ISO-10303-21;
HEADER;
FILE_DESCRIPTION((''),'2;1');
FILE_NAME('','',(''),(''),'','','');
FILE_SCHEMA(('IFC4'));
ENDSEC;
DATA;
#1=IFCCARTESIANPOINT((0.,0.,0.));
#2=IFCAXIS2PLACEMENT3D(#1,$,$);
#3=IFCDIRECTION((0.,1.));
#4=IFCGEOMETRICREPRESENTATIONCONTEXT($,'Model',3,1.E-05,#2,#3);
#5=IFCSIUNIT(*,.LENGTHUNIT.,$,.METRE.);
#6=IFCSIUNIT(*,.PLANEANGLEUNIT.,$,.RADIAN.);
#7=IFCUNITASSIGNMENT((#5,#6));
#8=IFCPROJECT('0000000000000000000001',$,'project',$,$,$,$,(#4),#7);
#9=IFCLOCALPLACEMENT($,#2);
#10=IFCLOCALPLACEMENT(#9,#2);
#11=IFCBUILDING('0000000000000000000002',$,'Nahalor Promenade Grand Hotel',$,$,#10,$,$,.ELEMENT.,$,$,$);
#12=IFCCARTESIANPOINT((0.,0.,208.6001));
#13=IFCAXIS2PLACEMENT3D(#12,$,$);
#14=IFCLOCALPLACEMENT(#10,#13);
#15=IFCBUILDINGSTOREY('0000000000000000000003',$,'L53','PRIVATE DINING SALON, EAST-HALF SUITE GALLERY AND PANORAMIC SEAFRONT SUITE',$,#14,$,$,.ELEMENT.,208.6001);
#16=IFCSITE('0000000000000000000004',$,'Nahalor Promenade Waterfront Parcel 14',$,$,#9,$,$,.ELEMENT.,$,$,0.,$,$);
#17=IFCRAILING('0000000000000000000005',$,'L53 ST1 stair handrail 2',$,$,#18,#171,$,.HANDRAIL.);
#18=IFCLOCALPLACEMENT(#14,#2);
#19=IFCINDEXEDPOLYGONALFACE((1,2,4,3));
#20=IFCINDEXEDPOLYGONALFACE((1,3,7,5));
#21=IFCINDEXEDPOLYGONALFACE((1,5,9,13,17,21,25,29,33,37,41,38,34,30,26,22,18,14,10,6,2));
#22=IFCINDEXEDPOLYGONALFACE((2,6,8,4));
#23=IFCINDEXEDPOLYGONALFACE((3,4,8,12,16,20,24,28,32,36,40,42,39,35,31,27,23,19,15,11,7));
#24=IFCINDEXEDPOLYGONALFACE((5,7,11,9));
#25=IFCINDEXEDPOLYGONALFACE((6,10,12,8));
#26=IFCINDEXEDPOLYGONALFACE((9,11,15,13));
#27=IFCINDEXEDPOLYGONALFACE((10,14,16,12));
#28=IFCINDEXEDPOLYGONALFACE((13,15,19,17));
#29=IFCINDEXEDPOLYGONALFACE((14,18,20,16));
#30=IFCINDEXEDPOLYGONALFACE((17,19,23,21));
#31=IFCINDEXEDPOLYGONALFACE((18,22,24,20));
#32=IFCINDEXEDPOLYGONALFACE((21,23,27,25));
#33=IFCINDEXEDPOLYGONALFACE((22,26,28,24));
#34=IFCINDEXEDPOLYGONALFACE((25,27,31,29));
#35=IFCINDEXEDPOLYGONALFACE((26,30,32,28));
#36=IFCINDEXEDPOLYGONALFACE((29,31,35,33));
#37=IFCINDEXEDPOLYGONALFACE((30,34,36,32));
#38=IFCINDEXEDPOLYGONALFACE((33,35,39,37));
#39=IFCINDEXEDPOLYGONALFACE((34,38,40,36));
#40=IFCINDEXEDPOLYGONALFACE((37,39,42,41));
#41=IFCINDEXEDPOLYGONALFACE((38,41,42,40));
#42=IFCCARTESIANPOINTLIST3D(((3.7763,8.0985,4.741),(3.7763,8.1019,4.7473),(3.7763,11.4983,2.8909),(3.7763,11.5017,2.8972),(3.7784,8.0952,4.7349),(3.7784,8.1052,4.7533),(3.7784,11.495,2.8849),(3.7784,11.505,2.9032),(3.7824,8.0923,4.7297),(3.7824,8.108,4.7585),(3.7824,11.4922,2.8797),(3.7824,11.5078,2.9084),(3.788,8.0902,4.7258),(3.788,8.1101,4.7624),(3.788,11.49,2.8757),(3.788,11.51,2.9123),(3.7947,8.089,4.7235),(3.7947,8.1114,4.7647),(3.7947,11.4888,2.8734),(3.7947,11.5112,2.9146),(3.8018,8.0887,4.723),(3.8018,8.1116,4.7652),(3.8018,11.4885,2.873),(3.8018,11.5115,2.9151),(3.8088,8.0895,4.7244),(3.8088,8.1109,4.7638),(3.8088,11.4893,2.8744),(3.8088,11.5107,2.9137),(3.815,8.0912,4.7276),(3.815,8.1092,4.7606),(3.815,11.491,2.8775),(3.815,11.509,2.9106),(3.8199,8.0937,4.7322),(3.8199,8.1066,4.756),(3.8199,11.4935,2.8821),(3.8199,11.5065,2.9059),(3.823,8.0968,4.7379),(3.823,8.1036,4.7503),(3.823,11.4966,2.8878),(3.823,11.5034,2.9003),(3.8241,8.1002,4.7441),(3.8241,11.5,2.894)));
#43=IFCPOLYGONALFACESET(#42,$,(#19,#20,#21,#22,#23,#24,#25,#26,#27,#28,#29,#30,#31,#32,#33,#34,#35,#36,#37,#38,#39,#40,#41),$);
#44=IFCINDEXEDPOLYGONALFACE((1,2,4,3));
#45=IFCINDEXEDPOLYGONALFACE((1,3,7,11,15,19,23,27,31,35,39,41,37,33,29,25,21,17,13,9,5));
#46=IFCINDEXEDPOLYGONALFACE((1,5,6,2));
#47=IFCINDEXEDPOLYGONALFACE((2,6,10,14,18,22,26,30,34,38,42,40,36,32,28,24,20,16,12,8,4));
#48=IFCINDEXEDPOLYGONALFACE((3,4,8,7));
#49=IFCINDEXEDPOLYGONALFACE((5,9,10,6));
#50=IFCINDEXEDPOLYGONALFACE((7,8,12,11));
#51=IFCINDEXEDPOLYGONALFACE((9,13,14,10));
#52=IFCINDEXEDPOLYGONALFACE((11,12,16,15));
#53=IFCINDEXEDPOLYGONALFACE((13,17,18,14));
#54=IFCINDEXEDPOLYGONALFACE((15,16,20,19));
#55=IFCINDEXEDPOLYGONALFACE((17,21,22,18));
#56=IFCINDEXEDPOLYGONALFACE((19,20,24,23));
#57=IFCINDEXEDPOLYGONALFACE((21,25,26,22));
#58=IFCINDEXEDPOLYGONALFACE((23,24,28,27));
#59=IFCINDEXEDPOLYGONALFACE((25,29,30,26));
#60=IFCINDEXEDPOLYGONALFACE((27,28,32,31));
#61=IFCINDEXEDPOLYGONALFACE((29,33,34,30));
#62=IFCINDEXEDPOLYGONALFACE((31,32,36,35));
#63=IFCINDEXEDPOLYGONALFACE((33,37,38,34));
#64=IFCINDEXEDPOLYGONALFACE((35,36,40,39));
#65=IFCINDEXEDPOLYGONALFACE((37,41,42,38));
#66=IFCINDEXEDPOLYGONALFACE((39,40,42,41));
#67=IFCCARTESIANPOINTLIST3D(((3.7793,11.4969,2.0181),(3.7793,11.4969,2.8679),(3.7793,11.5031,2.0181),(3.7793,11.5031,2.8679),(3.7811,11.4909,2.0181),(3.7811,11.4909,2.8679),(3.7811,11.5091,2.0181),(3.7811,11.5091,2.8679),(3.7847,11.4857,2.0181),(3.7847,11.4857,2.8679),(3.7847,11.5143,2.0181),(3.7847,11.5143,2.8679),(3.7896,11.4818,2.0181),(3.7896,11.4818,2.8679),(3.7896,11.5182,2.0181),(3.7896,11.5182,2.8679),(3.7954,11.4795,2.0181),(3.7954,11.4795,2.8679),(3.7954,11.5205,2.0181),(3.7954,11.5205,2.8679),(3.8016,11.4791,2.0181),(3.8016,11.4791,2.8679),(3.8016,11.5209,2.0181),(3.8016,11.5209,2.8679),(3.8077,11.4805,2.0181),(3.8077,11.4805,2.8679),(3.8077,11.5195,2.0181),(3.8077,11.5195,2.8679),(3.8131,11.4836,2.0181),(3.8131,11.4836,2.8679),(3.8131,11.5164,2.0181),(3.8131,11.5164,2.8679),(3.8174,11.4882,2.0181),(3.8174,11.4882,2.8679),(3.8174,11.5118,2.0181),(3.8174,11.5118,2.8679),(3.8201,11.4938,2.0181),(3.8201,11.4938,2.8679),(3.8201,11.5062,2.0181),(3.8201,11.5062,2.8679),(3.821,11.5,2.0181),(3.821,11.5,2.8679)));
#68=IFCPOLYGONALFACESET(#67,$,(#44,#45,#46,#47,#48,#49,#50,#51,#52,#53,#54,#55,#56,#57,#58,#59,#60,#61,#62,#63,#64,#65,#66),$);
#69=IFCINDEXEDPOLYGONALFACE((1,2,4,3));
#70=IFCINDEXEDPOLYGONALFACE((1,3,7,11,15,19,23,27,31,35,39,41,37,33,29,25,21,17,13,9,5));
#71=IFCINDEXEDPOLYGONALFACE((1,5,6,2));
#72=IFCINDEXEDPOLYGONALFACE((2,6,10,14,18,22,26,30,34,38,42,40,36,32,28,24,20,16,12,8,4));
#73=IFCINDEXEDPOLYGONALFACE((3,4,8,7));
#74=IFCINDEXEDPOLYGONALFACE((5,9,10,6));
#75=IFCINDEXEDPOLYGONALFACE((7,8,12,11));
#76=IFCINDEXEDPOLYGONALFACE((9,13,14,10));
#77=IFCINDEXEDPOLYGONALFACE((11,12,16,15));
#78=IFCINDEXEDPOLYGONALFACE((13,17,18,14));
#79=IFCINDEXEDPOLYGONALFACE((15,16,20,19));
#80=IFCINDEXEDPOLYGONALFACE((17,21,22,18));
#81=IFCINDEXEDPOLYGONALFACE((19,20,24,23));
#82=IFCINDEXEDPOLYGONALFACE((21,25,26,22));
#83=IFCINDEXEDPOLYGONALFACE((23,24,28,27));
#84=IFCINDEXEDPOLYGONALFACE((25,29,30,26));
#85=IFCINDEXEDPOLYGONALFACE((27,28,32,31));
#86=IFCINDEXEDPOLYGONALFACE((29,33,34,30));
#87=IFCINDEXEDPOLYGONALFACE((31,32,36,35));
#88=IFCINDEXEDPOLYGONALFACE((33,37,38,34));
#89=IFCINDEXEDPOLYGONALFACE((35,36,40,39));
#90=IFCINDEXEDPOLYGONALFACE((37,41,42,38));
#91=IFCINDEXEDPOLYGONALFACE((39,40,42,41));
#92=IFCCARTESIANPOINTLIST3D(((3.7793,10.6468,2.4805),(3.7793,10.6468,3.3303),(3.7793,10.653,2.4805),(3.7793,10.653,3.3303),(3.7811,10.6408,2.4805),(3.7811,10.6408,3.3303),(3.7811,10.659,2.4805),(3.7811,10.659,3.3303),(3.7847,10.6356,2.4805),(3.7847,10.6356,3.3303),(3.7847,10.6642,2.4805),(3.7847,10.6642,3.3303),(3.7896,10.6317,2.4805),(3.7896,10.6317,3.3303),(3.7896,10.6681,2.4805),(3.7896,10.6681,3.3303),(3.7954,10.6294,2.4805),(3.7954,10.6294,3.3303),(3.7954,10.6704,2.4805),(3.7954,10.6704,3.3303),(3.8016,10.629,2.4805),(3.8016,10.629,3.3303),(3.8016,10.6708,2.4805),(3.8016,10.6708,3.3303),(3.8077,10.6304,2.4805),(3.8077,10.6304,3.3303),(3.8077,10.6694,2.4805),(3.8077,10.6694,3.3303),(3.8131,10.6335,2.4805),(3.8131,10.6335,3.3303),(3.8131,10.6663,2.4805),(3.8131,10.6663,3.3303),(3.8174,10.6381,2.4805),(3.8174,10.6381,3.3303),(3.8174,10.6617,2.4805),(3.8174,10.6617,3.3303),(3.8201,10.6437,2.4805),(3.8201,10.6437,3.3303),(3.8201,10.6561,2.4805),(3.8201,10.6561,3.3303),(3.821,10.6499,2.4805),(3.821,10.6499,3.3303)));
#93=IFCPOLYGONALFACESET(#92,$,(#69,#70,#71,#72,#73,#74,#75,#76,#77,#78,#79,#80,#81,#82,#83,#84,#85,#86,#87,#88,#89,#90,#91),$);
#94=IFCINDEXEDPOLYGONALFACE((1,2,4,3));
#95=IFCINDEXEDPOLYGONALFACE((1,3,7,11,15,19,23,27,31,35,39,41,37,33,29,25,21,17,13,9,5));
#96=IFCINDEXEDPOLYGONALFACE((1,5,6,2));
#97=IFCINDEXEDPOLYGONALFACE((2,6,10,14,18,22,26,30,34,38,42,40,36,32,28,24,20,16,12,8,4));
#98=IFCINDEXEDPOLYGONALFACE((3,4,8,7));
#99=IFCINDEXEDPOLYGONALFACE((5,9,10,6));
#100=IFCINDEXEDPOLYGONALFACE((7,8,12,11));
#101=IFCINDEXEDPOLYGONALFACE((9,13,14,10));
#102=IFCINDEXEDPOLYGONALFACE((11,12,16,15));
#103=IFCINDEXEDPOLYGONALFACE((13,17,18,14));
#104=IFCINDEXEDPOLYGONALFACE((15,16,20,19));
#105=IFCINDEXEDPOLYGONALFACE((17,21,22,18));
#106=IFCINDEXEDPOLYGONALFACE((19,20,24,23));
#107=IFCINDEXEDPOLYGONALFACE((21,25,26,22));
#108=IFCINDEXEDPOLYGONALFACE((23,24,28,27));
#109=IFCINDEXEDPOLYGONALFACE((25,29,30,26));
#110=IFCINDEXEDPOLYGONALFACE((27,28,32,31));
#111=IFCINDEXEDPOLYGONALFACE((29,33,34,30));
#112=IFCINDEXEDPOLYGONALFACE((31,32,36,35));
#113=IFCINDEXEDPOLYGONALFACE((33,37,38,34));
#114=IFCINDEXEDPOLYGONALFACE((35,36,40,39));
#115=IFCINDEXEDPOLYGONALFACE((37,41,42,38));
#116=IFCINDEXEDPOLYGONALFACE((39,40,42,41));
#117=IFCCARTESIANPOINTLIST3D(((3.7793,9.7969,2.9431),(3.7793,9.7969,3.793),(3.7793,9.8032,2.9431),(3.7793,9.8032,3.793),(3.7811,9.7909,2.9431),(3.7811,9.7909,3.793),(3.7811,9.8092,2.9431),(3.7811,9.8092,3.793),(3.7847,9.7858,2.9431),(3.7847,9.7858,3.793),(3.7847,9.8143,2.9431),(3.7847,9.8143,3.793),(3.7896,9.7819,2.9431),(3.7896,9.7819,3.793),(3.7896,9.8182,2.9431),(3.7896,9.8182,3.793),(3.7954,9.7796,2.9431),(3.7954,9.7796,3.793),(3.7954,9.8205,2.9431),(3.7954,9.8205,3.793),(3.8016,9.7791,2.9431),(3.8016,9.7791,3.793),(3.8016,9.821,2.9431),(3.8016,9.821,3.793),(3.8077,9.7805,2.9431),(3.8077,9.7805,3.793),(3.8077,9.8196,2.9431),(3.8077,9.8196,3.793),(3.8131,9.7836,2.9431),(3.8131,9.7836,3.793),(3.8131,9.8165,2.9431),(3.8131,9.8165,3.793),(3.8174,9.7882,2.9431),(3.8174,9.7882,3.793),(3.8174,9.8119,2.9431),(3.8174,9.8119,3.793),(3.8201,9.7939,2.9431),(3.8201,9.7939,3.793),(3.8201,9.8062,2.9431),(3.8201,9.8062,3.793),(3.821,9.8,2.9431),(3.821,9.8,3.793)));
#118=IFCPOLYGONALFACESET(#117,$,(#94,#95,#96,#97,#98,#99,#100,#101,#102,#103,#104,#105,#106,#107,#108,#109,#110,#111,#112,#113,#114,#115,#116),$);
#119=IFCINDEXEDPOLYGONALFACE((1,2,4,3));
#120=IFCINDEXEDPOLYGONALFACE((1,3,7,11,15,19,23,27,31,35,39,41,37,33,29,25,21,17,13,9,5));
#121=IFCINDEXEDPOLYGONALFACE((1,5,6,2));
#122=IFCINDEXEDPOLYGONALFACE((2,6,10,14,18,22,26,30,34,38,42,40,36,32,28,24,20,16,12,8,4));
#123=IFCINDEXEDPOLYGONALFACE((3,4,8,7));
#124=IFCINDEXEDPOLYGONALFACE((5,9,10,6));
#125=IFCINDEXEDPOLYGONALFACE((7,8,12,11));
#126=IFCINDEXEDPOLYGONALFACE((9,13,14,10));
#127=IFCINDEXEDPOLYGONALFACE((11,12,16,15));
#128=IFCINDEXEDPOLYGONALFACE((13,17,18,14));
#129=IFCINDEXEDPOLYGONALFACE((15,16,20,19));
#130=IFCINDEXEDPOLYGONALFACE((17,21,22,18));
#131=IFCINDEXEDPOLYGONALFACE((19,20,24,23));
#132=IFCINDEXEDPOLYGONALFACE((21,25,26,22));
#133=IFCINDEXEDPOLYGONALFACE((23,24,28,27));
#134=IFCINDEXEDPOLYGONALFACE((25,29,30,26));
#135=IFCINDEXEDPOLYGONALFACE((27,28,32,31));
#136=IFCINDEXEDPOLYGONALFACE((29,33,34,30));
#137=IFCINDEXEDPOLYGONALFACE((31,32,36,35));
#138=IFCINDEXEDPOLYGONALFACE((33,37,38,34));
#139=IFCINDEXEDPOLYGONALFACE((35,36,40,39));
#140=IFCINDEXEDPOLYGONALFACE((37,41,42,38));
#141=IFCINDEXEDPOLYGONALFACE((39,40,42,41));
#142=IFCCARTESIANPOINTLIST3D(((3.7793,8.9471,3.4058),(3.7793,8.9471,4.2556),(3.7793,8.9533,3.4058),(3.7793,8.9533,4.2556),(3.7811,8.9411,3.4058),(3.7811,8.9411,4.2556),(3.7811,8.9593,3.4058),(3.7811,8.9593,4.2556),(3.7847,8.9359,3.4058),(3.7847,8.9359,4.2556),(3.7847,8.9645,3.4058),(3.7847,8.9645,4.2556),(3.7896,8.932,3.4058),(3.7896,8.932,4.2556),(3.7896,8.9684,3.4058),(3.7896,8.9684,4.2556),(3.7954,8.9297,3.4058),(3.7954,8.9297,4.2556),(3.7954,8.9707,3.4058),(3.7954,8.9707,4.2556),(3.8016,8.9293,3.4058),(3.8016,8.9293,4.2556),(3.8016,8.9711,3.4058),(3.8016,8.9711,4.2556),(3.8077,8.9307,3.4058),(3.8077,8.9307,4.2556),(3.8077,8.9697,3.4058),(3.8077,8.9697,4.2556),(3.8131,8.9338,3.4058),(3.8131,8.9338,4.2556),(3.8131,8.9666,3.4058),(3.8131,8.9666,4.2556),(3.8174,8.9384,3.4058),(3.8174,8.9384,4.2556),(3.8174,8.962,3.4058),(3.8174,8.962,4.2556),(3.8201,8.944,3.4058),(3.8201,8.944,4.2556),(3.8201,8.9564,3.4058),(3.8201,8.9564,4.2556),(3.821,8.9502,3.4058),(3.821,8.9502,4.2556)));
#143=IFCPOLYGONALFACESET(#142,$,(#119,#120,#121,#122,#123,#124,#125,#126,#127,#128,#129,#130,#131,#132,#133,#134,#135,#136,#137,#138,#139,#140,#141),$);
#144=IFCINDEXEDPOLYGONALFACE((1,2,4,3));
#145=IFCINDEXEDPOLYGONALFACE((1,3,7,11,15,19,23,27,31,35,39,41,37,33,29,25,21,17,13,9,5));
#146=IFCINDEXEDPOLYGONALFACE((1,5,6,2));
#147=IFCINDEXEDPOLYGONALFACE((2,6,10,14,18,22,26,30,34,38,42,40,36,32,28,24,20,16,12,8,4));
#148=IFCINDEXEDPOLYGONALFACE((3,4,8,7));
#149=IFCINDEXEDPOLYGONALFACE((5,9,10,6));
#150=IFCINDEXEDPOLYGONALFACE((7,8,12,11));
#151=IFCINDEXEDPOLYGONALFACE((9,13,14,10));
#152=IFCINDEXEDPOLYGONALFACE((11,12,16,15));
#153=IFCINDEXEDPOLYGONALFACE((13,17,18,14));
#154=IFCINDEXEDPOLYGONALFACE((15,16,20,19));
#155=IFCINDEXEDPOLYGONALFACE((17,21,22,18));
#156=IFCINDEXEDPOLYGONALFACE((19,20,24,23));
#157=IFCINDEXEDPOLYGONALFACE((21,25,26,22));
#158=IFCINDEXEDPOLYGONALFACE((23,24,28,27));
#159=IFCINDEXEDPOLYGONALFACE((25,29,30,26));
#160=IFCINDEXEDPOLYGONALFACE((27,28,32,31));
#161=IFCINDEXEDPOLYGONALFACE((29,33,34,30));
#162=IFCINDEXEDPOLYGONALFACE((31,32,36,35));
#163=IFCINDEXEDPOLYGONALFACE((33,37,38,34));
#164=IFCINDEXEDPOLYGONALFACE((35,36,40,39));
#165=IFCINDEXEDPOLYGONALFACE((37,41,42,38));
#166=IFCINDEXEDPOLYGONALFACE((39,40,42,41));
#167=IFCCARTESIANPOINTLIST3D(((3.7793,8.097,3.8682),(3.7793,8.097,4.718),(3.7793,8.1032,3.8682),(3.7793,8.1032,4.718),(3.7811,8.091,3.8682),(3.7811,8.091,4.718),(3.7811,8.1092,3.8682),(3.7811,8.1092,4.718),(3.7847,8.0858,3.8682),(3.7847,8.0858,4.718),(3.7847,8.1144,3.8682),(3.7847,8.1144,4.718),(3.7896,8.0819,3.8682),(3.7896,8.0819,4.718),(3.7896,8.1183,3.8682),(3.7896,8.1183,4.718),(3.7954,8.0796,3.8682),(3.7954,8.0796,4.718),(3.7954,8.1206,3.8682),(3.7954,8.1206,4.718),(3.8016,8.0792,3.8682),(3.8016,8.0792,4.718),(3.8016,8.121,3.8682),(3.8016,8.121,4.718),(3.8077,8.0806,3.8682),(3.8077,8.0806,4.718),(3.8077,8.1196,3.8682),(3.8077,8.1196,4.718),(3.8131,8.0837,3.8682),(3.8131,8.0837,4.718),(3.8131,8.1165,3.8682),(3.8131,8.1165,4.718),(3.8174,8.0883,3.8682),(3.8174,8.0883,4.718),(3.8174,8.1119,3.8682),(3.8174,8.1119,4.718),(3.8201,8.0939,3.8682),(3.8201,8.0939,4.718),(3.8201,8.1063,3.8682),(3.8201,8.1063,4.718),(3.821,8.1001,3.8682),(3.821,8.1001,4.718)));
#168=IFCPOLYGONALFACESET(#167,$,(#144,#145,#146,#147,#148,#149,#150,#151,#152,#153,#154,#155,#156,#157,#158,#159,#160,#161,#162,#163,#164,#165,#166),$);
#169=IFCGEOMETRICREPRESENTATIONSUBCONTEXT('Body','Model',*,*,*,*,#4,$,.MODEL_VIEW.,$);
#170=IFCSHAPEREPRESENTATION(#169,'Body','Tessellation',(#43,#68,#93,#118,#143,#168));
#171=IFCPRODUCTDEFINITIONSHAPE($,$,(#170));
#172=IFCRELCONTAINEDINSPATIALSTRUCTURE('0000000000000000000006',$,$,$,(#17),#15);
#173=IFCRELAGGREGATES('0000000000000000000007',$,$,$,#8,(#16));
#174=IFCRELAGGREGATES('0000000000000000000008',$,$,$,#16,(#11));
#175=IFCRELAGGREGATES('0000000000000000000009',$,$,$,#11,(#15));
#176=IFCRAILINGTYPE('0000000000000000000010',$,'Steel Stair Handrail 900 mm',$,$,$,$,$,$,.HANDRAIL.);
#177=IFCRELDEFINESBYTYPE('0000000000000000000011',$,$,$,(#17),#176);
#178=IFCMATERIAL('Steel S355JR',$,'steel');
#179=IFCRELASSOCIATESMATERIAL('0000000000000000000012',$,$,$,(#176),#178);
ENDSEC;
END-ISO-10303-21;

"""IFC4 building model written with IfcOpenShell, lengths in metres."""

from ifc_helpers import new_model, si_unit, direction, frame, origin, origin_2d, place, context, subcontext, project, spatial, circle, extrude, material, type_object, element, save


model = new_model("IFC4")

# Units and contexts
model_context = context("Model", 3, precision=1e-05, world=origin(), true_north=direction((0.0, 1.0)))
body_context = subcontext(model_context, "Body", "Model", "MODEL_VIEW")
ifc_project = project(units=[si_unit("LENGTHUNIT", "METRE"), si_unit("PLANEANGLEUNIT", "RADIAN")], contexts=[model_context])

# Site, building, storey
site_placement = place(None, origin())
site = spatial("IfcSite", under=ifc_project, at=site_placement, Name="Nahalor Promenade Waterfront Parcel 14", CompositionType="ELEMENT", RefElevation=0.0)
building_placement = place(site_placement, origin())
building = spatial("IfcBuilding", under=site, at=building_placement, Name="Nahalor Promenade Grand Hotel", CompositionType="ELEMENT")
storey_placement = place(building_placement, frame((0.0, 0.0, 208.6001)))
storey = spatial("IfcBuildingStorey", under=building, at=storey_placement, Name="L53", Description="PRIVATE DINING SALON, EAST-HALF SUITE GALLERY AND PANORAMIC SEAFRONT SUITE", CompositionType="ELEMENT", Elevation=208.6001)

# Shared definitions
ifc_material_1 = material(Name="Steel S355JR", Category="steel")

# Railing
railing_type_1 = type_object("IfcRailingType", Name="Steel Stair Handrail 900 mm", PredefinedType="HANDRAIL", material=ifc_material_1)
railing_1_placement = place(storey_placement, frame((3.8, 11.5, 2.0181)))
element("IfcRailing", 1, at=railing_1_placement, inside=storey, type_object=railing_type_1, Name="L53 ST1 stair handrail 2", PredefinedType="HANDRAIL", context=body_context, shape_type="SweptSolid", body=[
    extrude(circle(Radius=0.024, at=origin_2d()), frame((0.0, 0.0, 0.876), z_axis=(0.0, -0.878372, 0.477977), x_axis=(1.0, 0.0, 0.0)), (0.0, 0.0, 1.0), 3.8706),
    extrude(circle(Radius=0.021, at=origin_2d()), origin(), (0.0, 0.0, 1.0), 0.8499),
    extrude(circle(Radius=0.021, at=origin_2d()), frame((0.0, -0.8501, 0.4624)), (0.0, 0.0, 1.0), 0.8499),
    extrude(circle(Radius=0.021, at=origin_2d()), frame((0.0, -1.7, 0.925)), (0.0, 0.0, 1.0), 0.8499),
    extrude(circle(Radius=0.021, at=origin_2d()), frame((0.0, -2.5498, 1.3877)), (0.0, 0.0, 1.0), 0.8499),
    extrude(circle(Radius=0.021, at=origin_2d()), frame((0.0, -3.3999, 1.8501)), (0.0, 0.0, 1.0), 0.8499),
])

save(model, "model.ifc")
